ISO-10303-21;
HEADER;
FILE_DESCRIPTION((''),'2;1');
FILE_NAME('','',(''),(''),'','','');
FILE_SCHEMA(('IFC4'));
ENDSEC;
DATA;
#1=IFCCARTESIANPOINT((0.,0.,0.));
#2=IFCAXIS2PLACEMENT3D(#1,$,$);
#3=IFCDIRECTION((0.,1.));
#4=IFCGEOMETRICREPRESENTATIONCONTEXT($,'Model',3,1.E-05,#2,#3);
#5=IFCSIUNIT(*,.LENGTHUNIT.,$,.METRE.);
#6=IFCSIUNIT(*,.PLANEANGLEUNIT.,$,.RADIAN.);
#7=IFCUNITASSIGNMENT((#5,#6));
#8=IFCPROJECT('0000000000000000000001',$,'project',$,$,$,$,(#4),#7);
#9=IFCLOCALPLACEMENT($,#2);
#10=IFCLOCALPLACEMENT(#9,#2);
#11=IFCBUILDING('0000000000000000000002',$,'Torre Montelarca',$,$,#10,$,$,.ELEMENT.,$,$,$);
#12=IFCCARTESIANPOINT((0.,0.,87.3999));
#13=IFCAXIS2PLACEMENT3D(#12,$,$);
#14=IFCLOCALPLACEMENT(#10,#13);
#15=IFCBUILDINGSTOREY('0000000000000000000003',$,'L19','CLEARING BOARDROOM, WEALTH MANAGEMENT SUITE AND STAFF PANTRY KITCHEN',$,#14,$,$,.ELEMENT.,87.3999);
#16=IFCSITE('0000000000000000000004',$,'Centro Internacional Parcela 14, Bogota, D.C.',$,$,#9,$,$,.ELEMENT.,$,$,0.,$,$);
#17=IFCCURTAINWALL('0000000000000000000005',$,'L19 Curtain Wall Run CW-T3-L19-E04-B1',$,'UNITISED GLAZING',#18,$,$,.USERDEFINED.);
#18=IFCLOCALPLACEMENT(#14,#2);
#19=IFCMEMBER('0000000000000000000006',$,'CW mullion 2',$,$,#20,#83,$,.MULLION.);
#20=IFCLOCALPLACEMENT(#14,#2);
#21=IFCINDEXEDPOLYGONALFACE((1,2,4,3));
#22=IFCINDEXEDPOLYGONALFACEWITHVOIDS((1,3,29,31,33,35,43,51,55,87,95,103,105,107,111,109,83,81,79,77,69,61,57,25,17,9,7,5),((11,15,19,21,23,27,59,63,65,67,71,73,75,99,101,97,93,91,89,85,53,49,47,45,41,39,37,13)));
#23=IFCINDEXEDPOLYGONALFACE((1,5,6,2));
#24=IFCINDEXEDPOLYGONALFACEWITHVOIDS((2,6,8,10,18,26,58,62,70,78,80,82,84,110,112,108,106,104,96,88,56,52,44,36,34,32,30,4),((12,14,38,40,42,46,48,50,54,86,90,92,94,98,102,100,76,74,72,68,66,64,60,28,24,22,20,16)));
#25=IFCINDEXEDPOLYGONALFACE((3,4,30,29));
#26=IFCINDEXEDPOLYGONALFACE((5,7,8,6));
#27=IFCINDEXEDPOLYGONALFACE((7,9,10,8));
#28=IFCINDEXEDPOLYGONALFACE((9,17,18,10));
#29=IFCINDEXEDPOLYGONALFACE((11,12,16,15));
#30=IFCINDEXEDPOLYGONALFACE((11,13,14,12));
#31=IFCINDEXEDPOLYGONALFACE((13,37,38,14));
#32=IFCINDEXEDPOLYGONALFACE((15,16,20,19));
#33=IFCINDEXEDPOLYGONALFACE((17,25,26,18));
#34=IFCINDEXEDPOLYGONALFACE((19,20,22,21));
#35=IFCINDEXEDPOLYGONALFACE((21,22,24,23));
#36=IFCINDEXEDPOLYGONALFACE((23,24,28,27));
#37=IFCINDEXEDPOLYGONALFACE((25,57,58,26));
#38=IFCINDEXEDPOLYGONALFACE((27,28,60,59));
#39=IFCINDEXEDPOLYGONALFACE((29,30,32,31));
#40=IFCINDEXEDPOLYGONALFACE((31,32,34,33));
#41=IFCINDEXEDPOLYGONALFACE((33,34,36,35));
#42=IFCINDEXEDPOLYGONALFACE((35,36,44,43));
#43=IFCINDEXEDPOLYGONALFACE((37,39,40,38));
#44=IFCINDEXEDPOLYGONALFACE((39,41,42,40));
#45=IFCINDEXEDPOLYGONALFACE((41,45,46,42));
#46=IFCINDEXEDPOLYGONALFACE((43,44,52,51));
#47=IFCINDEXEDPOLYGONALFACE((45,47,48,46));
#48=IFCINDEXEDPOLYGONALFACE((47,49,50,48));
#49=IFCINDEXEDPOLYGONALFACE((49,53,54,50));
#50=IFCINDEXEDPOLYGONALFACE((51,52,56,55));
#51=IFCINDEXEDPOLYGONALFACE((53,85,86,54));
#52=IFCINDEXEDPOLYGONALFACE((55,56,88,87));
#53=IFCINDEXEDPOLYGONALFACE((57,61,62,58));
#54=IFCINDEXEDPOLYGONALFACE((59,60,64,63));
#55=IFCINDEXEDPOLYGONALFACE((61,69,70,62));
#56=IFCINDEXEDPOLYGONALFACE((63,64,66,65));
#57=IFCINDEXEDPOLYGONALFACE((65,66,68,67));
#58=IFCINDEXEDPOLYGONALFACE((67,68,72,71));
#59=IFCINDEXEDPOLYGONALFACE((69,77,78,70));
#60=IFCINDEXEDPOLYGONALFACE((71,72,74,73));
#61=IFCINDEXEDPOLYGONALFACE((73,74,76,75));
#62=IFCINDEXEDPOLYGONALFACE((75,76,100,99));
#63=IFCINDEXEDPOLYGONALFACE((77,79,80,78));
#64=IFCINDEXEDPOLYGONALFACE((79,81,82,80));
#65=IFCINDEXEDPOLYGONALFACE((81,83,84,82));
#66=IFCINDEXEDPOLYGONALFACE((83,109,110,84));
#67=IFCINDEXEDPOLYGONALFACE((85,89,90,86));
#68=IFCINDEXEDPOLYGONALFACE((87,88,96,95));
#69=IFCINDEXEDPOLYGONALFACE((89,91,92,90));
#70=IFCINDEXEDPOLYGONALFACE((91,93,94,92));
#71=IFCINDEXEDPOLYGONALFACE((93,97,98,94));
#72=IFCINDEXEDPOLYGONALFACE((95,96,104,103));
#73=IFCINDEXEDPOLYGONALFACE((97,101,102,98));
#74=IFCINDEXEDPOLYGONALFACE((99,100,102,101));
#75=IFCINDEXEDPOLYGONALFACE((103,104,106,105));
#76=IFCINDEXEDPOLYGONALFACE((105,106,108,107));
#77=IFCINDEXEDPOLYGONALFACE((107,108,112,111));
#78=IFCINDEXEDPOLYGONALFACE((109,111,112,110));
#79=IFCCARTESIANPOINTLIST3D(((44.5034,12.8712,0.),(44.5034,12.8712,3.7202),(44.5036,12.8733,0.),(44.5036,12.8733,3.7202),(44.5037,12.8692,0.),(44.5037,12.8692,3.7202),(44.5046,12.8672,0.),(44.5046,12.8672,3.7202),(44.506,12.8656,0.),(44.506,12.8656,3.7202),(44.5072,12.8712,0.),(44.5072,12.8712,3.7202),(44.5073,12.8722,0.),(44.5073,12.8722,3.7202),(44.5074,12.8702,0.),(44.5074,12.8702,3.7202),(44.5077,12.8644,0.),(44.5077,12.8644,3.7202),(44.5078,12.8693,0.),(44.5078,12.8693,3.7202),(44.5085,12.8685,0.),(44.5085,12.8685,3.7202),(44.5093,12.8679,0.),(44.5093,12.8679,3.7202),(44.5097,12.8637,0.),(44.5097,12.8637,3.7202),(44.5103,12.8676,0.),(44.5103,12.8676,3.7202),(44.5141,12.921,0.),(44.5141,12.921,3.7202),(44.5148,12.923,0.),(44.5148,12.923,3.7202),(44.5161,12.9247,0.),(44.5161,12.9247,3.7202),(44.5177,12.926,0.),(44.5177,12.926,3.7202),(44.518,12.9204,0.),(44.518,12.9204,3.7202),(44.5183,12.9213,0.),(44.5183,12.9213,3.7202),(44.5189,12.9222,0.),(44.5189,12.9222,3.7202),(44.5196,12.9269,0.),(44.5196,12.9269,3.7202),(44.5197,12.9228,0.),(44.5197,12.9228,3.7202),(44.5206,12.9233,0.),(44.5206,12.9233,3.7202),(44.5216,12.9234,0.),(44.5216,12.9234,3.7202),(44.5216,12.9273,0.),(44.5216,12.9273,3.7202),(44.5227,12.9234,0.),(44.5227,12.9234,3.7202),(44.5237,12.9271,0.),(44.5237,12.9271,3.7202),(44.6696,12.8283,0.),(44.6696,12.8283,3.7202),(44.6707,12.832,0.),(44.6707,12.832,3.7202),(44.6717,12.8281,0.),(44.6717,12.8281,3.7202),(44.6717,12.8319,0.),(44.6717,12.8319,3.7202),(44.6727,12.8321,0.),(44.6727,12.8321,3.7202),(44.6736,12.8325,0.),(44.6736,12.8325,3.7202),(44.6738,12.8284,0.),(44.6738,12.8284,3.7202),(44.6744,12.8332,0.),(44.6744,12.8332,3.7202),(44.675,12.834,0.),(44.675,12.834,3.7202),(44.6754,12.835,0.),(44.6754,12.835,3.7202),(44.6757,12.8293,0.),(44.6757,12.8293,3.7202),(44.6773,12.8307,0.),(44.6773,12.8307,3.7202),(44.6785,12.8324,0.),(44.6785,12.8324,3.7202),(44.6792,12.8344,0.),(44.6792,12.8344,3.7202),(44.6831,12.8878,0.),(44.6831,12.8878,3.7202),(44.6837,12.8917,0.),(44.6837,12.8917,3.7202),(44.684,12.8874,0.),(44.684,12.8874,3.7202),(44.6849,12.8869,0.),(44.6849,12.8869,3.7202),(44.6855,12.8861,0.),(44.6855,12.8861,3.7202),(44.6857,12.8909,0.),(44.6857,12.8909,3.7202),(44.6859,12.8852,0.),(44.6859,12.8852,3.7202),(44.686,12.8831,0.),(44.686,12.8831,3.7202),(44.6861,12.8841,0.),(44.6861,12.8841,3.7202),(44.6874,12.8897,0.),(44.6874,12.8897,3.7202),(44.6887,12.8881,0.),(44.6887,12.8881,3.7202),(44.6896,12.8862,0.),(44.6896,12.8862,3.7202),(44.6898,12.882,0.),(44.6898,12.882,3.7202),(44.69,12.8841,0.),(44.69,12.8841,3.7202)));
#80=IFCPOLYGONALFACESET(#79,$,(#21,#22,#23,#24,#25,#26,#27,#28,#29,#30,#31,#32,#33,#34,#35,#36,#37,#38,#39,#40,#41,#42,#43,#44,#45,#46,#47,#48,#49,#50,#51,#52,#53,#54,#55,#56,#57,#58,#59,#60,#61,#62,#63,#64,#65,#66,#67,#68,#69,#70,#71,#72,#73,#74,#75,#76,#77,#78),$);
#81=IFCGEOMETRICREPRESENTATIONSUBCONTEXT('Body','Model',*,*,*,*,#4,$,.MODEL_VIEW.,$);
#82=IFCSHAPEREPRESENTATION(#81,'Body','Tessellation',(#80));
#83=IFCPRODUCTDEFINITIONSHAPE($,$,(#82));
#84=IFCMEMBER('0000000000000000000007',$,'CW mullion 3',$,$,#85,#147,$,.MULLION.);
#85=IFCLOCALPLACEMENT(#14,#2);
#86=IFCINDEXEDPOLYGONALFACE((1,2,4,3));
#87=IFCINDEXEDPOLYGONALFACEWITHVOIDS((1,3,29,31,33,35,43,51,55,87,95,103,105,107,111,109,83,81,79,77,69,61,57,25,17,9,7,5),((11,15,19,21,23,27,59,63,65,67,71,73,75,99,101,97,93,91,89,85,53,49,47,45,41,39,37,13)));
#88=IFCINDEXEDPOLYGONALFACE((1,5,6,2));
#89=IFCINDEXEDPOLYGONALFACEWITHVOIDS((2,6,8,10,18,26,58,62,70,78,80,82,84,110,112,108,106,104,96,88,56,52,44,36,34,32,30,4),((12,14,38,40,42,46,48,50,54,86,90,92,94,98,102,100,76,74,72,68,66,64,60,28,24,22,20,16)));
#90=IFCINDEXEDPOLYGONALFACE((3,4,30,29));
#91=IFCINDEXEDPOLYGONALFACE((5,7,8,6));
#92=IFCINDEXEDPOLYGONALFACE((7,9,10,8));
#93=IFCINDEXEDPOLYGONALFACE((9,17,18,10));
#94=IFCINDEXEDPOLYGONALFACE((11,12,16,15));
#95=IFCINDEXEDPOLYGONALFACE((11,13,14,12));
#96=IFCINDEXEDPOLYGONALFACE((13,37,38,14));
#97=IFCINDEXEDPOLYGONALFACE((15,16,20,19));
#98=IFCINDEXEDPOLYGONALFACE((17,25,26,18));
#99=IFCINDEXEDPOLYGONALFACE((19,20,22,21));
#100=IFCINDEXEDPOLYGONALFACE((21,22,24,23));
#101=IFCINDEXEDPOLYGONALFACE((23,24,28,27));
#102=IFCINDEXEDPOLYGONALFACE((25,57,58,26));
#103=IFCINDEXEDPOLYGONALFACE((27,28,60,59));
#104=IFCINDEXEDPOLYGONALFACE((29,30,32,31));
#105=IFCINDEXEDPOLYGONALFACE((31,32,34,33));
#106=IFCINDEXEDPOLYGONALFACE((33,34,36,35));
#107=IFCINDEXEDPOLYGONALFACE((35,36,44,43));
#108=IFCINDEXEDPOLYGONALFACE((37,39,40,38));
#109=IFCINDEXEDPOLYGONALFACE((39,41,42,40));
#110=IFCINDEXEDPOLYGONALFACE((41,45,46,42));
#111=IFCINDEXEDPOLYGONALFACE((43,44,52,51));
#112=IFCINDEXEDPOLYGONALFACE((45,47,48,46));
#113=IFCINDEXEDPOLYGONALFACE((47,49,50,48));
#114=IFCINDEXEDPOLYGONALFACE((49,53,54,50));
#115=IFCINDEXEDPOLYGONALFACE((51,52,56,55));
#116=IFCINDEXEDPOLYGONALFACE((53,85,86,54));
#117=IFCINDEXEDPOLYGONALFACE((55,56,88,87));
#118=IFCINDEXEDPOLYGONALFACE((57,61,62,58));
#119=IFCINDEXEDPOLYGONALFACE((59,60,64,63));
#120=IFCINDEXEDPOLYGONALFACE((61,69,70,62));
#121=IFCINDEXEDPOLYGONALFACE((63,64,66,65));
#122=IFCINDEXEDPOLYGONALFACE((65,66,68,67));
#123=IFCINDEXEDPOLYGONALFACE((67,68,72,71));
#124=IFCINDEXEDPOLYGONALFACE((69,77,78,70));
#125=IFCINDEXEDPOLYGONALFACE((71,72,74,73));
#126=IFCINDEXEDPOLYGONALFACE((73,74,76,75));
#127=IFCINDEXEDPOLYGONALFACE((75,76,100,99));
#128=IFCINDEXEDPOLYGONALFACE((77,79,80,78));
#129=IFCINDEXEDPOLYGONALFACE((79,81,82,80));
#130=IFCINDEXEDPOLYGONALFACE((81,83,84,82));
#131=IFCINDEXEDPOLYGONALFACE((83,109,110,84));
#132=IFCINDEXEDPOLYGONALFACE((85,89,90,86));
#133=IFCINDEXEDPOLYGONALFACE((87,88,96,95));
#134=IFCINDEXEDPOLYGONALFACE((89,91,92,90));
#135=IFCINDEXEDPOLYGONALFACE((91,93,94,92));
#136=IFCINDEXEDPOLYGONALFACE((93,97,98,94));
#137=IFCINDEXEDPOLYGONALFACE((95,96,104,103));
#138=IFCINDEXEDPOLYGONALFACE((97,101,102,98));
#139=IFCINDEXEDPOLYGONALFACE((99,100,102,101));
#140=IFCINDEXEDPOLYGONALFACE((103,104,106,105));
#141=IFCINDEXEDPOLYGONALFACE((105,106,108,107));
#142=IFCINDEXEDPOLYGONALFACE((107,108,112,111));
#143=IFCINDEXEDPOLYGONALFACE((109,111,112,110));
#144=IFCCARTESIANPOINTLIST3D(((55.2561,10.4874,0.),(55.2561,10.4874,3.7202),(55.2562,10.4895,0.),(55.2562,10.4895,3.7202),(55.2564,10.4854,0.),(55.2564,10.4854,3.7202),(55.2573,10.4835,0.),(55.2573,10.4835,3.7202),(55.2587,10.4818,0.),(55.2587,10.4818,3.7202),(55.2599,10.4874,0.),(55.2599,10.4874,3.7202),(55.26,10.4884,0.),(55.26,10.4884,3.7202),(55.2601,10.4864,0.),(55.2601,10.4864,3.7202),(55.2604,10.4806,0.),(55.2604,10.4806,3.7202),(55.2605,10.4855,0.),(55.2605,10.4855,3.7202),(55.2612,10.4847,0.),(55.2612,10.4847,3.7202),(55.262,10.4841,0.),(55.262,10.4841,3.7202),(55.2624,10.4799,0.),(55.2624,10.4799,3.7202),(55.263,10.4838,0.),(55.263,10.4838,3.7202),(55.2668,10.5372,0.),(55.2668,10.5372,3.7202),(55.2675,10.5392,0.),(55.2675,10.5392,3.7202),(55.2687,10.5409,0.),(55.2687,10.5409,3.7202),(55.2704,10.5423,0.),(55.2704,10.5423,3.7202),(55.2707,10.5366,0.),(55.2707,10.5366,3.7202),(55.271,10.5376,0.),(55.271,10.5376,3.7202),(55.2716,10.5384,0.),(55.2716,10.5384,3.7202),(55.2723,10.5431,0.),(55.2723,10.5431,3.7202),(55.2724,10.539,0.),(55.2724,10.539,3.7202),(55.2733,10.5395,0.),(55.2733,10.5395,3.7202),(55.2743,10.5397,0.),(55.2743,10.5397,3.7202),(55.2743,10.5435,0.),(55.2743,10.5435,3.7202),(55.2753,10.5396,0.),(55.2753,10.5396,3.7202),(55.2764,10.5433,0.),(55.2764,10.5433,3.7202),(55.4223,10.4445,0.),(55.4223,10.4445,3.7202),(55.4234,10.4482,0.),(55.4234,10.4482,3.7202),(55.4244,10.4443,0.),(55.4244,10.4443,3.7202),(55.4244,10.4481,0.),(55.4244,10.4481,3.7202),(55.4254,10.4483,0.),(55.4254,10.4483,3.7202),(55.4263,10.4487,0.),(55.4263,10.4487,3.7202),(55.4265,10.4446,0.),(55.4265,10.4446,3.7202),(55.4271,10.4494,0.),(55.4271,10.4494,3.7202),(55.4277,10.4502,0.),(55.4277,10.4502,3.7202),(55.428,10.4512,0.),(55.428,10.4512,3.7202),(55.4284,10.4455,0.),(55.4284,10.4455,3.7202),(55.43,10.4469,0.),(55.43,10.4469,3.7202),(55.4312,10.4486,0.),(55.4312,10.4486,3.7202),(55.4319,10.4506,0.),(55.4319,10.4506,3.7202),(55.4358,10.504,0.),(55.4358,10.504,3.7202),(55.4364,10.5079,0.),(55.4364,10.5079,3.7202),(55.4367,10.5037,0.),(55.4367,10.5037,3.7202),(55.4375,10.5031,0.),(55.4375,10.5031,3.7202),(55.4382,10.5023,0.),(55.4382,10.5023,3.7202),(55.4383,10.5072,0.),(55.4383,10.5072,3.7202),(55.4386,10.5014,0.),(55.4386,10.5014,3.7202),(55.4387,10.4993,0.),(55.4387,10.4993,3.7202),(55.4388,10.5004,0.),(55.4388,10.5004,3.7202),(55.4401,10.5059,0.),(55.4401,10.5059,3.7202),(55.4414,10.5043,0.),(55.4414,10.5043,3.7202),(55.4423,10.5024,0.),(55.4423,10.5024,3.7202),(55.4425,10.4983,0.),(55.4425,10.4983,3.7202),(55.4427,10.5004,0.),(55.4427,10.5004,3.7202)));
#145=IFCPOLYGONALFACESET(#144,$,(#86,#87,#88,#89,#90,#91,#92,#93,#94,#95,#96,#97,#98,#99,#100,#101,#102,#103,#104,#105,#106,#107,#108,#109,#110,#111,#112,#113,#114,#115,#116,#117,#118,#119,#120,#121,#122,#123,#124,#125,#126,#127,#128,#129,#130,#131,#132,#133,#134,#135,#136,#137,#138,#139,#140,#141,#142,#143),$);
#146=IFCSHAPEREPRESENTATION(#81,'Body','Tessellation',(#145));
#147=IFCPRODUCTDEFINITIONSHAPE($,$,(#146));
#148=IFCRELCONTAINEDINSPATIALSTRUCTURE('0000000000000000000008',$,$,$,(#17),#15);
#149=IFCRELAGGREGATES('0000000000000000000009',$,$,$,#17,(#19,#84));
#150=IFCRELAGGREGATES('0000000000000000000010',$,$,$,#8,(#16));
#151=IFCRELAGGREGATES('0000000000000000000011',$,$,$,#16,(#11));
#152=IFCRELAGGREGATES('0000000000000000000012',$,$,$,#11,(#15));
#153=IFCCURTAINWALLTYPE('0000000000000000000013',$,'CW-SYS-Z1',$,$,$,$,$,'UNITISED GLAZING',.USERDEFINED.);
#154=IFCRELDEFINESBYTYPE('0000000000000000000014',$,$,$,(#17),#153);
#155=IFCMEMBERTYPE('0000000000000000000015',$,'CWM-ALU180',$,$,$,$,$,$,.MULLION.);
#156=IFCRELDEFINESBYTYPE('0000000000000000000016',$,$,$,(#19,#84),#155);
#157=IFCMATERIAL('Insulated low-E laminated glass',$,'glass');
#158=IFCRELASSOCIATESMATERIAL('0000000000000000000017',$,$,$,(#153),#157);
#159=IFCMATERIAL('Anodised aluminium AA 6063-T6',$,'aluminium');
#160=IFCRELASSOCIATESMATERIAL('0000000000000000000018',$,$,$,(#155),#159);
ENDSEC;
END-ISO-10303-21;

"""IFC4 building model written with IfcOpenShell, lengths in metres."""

from ifc_helpers import new_model, si_unit, direction, frame, origin, origin_2d, place, context, subcontext, project, spatial, hollow_rectangle, extrude, source, transform, mapped, material, material_profile, profile_set, type_object, element, aggregate, save


model = new_model("IFC4")

# Units and contexts
model_context = context("Model", 3, precision=1e-05, world=origin(), true_north=direction((0.0, 1.0)))
body_context = subcontext(model_context, "Body", "Model", "MODEL_VIEW")
ifc_project = project(units=[si_unit("LENGTHUNIT", "METRE"), si_unit("PLANEANGLEUNIT", "RADIAN")], contexts=[model_context])

# Site, building, storey
site_placement = place(None, origin())
site = spatial("IfcSite", under=ifc_project, at=site_placement, Name="Centro Internacional Parcela 14, Bogota, D.C.", CompositionType="ELEMENT", RefElevation=0.0)
building_placement = place(site_placement, origin())
building = spatial("IfcBuilding", under=site, at=building_placement, Name="Torre Montelarca", CompositionType="ELEMENT")
storey_placement = place(building_placement, frame((0.0, 0.0, 87.3999)))
storey = spatial("IfcBuildingStorey", under=building, at=storey_placement, Name="L19", Description="CLEARING BOARDROOM, WEALTH MANAGEMENT SUITE AND STAFF PANTRY KITCHEN", CompositionType="ELEMENT", Elevation=87.3999)

# Curtain wall
ifc_material_1 = material(Name="Insulated low-E laminated glass", Category="glass")
curtain_wall_type = type_object("IfcCurtainWallType", Name="CW-SYS-Z1", ElementType="UNITISED GLAZING", PredefinedType="USERDEFINED", material=ifc_material_1)
curtain_wall_1_placement = place(storey_placement, origin())
curtain_wall_1 = element("IfcCurtainWall", 1, at=curtain_wall_1_placement, inside=storey, type_object=curtain_wall_type, Name="L19 Curtain Wall Run CW-T3-L19-E04-B1", ObjectType="UNITISED GLAZING", PredefinedType="USERDEFINED")
ifc_material_2 = material(Name="Anodised aluminium AA 6063-T6", Category="aluminium")

# Members
ifc_material_profile_1 = material_profile(ifc_material_2, hollow_rectangle(XDim=0.0649, YDim=0.1799, WallThickness=0.0039, InnerFilletRadius=0.0039, OuterFilletRadius=0.0081, at=origin_2d()), Name="ALU65X180X4", Category="aluminium")
ifc_profile_set_1 = profile_set([ifc_material_profile_1], Name="Anodised aluminium AA 6063-T6")
member_type_1 = type_object("IfcMemberType", Name="CWM-ALU180", PredefinedType="MULLION", material=ifc_profile_set_1)
shared_shape_1 = source(origin(), body_context, "Body", "SweptSolid", [
    extrude(hollow_rectangle(XDim=0.0649, YDim=0.1799, WallThickness=0.0039, InnerFilletRadius=0.0039, OuterFilletRadius=0.0081, at=origin_2d()), origin(), (0.0, 0.0, 1.0), 3.7202),
])
member_1_placement = place(storey_placement, frame((44.5967, 12.8777, 0.0), z_axis=(0.0, 0.0, 1.0), x_axis=(0.216437, 0.976297, 0.0)))
member_1 = element("IfcMember", 2, at=member_1_placement, type_object=member_type_1, Name="CW mullion 2", PredefinedType="MULLION", context=body_context, shape_type="MappedRepresentation", body=[
    mapped(shared_shape_1, transform((0.0, 0.0, 0.0), scale=1.0)),
])
member_2_placement = place(storey_placement, frame((55.3494, 10.4939, 0.0), z_axis=(0.0, 0.0, 1.0), x_axis=(0.216437, 0.976297, 0.0)))
member_2 = element("IfcMember", 3, at=member_2_placement, type_object=member_type_1, Name="CW mullion 3", PredefinedType="MULLION", context=body_context, shape_type="MappedRepresentation", body=[
    mapped(shared_shape_1, transform((0.0, 0.0, 0.0), scale=1.0)),
])

aggregate(curtain_wall_1, [member_1, member_2])

save(model, "model.ifc")
